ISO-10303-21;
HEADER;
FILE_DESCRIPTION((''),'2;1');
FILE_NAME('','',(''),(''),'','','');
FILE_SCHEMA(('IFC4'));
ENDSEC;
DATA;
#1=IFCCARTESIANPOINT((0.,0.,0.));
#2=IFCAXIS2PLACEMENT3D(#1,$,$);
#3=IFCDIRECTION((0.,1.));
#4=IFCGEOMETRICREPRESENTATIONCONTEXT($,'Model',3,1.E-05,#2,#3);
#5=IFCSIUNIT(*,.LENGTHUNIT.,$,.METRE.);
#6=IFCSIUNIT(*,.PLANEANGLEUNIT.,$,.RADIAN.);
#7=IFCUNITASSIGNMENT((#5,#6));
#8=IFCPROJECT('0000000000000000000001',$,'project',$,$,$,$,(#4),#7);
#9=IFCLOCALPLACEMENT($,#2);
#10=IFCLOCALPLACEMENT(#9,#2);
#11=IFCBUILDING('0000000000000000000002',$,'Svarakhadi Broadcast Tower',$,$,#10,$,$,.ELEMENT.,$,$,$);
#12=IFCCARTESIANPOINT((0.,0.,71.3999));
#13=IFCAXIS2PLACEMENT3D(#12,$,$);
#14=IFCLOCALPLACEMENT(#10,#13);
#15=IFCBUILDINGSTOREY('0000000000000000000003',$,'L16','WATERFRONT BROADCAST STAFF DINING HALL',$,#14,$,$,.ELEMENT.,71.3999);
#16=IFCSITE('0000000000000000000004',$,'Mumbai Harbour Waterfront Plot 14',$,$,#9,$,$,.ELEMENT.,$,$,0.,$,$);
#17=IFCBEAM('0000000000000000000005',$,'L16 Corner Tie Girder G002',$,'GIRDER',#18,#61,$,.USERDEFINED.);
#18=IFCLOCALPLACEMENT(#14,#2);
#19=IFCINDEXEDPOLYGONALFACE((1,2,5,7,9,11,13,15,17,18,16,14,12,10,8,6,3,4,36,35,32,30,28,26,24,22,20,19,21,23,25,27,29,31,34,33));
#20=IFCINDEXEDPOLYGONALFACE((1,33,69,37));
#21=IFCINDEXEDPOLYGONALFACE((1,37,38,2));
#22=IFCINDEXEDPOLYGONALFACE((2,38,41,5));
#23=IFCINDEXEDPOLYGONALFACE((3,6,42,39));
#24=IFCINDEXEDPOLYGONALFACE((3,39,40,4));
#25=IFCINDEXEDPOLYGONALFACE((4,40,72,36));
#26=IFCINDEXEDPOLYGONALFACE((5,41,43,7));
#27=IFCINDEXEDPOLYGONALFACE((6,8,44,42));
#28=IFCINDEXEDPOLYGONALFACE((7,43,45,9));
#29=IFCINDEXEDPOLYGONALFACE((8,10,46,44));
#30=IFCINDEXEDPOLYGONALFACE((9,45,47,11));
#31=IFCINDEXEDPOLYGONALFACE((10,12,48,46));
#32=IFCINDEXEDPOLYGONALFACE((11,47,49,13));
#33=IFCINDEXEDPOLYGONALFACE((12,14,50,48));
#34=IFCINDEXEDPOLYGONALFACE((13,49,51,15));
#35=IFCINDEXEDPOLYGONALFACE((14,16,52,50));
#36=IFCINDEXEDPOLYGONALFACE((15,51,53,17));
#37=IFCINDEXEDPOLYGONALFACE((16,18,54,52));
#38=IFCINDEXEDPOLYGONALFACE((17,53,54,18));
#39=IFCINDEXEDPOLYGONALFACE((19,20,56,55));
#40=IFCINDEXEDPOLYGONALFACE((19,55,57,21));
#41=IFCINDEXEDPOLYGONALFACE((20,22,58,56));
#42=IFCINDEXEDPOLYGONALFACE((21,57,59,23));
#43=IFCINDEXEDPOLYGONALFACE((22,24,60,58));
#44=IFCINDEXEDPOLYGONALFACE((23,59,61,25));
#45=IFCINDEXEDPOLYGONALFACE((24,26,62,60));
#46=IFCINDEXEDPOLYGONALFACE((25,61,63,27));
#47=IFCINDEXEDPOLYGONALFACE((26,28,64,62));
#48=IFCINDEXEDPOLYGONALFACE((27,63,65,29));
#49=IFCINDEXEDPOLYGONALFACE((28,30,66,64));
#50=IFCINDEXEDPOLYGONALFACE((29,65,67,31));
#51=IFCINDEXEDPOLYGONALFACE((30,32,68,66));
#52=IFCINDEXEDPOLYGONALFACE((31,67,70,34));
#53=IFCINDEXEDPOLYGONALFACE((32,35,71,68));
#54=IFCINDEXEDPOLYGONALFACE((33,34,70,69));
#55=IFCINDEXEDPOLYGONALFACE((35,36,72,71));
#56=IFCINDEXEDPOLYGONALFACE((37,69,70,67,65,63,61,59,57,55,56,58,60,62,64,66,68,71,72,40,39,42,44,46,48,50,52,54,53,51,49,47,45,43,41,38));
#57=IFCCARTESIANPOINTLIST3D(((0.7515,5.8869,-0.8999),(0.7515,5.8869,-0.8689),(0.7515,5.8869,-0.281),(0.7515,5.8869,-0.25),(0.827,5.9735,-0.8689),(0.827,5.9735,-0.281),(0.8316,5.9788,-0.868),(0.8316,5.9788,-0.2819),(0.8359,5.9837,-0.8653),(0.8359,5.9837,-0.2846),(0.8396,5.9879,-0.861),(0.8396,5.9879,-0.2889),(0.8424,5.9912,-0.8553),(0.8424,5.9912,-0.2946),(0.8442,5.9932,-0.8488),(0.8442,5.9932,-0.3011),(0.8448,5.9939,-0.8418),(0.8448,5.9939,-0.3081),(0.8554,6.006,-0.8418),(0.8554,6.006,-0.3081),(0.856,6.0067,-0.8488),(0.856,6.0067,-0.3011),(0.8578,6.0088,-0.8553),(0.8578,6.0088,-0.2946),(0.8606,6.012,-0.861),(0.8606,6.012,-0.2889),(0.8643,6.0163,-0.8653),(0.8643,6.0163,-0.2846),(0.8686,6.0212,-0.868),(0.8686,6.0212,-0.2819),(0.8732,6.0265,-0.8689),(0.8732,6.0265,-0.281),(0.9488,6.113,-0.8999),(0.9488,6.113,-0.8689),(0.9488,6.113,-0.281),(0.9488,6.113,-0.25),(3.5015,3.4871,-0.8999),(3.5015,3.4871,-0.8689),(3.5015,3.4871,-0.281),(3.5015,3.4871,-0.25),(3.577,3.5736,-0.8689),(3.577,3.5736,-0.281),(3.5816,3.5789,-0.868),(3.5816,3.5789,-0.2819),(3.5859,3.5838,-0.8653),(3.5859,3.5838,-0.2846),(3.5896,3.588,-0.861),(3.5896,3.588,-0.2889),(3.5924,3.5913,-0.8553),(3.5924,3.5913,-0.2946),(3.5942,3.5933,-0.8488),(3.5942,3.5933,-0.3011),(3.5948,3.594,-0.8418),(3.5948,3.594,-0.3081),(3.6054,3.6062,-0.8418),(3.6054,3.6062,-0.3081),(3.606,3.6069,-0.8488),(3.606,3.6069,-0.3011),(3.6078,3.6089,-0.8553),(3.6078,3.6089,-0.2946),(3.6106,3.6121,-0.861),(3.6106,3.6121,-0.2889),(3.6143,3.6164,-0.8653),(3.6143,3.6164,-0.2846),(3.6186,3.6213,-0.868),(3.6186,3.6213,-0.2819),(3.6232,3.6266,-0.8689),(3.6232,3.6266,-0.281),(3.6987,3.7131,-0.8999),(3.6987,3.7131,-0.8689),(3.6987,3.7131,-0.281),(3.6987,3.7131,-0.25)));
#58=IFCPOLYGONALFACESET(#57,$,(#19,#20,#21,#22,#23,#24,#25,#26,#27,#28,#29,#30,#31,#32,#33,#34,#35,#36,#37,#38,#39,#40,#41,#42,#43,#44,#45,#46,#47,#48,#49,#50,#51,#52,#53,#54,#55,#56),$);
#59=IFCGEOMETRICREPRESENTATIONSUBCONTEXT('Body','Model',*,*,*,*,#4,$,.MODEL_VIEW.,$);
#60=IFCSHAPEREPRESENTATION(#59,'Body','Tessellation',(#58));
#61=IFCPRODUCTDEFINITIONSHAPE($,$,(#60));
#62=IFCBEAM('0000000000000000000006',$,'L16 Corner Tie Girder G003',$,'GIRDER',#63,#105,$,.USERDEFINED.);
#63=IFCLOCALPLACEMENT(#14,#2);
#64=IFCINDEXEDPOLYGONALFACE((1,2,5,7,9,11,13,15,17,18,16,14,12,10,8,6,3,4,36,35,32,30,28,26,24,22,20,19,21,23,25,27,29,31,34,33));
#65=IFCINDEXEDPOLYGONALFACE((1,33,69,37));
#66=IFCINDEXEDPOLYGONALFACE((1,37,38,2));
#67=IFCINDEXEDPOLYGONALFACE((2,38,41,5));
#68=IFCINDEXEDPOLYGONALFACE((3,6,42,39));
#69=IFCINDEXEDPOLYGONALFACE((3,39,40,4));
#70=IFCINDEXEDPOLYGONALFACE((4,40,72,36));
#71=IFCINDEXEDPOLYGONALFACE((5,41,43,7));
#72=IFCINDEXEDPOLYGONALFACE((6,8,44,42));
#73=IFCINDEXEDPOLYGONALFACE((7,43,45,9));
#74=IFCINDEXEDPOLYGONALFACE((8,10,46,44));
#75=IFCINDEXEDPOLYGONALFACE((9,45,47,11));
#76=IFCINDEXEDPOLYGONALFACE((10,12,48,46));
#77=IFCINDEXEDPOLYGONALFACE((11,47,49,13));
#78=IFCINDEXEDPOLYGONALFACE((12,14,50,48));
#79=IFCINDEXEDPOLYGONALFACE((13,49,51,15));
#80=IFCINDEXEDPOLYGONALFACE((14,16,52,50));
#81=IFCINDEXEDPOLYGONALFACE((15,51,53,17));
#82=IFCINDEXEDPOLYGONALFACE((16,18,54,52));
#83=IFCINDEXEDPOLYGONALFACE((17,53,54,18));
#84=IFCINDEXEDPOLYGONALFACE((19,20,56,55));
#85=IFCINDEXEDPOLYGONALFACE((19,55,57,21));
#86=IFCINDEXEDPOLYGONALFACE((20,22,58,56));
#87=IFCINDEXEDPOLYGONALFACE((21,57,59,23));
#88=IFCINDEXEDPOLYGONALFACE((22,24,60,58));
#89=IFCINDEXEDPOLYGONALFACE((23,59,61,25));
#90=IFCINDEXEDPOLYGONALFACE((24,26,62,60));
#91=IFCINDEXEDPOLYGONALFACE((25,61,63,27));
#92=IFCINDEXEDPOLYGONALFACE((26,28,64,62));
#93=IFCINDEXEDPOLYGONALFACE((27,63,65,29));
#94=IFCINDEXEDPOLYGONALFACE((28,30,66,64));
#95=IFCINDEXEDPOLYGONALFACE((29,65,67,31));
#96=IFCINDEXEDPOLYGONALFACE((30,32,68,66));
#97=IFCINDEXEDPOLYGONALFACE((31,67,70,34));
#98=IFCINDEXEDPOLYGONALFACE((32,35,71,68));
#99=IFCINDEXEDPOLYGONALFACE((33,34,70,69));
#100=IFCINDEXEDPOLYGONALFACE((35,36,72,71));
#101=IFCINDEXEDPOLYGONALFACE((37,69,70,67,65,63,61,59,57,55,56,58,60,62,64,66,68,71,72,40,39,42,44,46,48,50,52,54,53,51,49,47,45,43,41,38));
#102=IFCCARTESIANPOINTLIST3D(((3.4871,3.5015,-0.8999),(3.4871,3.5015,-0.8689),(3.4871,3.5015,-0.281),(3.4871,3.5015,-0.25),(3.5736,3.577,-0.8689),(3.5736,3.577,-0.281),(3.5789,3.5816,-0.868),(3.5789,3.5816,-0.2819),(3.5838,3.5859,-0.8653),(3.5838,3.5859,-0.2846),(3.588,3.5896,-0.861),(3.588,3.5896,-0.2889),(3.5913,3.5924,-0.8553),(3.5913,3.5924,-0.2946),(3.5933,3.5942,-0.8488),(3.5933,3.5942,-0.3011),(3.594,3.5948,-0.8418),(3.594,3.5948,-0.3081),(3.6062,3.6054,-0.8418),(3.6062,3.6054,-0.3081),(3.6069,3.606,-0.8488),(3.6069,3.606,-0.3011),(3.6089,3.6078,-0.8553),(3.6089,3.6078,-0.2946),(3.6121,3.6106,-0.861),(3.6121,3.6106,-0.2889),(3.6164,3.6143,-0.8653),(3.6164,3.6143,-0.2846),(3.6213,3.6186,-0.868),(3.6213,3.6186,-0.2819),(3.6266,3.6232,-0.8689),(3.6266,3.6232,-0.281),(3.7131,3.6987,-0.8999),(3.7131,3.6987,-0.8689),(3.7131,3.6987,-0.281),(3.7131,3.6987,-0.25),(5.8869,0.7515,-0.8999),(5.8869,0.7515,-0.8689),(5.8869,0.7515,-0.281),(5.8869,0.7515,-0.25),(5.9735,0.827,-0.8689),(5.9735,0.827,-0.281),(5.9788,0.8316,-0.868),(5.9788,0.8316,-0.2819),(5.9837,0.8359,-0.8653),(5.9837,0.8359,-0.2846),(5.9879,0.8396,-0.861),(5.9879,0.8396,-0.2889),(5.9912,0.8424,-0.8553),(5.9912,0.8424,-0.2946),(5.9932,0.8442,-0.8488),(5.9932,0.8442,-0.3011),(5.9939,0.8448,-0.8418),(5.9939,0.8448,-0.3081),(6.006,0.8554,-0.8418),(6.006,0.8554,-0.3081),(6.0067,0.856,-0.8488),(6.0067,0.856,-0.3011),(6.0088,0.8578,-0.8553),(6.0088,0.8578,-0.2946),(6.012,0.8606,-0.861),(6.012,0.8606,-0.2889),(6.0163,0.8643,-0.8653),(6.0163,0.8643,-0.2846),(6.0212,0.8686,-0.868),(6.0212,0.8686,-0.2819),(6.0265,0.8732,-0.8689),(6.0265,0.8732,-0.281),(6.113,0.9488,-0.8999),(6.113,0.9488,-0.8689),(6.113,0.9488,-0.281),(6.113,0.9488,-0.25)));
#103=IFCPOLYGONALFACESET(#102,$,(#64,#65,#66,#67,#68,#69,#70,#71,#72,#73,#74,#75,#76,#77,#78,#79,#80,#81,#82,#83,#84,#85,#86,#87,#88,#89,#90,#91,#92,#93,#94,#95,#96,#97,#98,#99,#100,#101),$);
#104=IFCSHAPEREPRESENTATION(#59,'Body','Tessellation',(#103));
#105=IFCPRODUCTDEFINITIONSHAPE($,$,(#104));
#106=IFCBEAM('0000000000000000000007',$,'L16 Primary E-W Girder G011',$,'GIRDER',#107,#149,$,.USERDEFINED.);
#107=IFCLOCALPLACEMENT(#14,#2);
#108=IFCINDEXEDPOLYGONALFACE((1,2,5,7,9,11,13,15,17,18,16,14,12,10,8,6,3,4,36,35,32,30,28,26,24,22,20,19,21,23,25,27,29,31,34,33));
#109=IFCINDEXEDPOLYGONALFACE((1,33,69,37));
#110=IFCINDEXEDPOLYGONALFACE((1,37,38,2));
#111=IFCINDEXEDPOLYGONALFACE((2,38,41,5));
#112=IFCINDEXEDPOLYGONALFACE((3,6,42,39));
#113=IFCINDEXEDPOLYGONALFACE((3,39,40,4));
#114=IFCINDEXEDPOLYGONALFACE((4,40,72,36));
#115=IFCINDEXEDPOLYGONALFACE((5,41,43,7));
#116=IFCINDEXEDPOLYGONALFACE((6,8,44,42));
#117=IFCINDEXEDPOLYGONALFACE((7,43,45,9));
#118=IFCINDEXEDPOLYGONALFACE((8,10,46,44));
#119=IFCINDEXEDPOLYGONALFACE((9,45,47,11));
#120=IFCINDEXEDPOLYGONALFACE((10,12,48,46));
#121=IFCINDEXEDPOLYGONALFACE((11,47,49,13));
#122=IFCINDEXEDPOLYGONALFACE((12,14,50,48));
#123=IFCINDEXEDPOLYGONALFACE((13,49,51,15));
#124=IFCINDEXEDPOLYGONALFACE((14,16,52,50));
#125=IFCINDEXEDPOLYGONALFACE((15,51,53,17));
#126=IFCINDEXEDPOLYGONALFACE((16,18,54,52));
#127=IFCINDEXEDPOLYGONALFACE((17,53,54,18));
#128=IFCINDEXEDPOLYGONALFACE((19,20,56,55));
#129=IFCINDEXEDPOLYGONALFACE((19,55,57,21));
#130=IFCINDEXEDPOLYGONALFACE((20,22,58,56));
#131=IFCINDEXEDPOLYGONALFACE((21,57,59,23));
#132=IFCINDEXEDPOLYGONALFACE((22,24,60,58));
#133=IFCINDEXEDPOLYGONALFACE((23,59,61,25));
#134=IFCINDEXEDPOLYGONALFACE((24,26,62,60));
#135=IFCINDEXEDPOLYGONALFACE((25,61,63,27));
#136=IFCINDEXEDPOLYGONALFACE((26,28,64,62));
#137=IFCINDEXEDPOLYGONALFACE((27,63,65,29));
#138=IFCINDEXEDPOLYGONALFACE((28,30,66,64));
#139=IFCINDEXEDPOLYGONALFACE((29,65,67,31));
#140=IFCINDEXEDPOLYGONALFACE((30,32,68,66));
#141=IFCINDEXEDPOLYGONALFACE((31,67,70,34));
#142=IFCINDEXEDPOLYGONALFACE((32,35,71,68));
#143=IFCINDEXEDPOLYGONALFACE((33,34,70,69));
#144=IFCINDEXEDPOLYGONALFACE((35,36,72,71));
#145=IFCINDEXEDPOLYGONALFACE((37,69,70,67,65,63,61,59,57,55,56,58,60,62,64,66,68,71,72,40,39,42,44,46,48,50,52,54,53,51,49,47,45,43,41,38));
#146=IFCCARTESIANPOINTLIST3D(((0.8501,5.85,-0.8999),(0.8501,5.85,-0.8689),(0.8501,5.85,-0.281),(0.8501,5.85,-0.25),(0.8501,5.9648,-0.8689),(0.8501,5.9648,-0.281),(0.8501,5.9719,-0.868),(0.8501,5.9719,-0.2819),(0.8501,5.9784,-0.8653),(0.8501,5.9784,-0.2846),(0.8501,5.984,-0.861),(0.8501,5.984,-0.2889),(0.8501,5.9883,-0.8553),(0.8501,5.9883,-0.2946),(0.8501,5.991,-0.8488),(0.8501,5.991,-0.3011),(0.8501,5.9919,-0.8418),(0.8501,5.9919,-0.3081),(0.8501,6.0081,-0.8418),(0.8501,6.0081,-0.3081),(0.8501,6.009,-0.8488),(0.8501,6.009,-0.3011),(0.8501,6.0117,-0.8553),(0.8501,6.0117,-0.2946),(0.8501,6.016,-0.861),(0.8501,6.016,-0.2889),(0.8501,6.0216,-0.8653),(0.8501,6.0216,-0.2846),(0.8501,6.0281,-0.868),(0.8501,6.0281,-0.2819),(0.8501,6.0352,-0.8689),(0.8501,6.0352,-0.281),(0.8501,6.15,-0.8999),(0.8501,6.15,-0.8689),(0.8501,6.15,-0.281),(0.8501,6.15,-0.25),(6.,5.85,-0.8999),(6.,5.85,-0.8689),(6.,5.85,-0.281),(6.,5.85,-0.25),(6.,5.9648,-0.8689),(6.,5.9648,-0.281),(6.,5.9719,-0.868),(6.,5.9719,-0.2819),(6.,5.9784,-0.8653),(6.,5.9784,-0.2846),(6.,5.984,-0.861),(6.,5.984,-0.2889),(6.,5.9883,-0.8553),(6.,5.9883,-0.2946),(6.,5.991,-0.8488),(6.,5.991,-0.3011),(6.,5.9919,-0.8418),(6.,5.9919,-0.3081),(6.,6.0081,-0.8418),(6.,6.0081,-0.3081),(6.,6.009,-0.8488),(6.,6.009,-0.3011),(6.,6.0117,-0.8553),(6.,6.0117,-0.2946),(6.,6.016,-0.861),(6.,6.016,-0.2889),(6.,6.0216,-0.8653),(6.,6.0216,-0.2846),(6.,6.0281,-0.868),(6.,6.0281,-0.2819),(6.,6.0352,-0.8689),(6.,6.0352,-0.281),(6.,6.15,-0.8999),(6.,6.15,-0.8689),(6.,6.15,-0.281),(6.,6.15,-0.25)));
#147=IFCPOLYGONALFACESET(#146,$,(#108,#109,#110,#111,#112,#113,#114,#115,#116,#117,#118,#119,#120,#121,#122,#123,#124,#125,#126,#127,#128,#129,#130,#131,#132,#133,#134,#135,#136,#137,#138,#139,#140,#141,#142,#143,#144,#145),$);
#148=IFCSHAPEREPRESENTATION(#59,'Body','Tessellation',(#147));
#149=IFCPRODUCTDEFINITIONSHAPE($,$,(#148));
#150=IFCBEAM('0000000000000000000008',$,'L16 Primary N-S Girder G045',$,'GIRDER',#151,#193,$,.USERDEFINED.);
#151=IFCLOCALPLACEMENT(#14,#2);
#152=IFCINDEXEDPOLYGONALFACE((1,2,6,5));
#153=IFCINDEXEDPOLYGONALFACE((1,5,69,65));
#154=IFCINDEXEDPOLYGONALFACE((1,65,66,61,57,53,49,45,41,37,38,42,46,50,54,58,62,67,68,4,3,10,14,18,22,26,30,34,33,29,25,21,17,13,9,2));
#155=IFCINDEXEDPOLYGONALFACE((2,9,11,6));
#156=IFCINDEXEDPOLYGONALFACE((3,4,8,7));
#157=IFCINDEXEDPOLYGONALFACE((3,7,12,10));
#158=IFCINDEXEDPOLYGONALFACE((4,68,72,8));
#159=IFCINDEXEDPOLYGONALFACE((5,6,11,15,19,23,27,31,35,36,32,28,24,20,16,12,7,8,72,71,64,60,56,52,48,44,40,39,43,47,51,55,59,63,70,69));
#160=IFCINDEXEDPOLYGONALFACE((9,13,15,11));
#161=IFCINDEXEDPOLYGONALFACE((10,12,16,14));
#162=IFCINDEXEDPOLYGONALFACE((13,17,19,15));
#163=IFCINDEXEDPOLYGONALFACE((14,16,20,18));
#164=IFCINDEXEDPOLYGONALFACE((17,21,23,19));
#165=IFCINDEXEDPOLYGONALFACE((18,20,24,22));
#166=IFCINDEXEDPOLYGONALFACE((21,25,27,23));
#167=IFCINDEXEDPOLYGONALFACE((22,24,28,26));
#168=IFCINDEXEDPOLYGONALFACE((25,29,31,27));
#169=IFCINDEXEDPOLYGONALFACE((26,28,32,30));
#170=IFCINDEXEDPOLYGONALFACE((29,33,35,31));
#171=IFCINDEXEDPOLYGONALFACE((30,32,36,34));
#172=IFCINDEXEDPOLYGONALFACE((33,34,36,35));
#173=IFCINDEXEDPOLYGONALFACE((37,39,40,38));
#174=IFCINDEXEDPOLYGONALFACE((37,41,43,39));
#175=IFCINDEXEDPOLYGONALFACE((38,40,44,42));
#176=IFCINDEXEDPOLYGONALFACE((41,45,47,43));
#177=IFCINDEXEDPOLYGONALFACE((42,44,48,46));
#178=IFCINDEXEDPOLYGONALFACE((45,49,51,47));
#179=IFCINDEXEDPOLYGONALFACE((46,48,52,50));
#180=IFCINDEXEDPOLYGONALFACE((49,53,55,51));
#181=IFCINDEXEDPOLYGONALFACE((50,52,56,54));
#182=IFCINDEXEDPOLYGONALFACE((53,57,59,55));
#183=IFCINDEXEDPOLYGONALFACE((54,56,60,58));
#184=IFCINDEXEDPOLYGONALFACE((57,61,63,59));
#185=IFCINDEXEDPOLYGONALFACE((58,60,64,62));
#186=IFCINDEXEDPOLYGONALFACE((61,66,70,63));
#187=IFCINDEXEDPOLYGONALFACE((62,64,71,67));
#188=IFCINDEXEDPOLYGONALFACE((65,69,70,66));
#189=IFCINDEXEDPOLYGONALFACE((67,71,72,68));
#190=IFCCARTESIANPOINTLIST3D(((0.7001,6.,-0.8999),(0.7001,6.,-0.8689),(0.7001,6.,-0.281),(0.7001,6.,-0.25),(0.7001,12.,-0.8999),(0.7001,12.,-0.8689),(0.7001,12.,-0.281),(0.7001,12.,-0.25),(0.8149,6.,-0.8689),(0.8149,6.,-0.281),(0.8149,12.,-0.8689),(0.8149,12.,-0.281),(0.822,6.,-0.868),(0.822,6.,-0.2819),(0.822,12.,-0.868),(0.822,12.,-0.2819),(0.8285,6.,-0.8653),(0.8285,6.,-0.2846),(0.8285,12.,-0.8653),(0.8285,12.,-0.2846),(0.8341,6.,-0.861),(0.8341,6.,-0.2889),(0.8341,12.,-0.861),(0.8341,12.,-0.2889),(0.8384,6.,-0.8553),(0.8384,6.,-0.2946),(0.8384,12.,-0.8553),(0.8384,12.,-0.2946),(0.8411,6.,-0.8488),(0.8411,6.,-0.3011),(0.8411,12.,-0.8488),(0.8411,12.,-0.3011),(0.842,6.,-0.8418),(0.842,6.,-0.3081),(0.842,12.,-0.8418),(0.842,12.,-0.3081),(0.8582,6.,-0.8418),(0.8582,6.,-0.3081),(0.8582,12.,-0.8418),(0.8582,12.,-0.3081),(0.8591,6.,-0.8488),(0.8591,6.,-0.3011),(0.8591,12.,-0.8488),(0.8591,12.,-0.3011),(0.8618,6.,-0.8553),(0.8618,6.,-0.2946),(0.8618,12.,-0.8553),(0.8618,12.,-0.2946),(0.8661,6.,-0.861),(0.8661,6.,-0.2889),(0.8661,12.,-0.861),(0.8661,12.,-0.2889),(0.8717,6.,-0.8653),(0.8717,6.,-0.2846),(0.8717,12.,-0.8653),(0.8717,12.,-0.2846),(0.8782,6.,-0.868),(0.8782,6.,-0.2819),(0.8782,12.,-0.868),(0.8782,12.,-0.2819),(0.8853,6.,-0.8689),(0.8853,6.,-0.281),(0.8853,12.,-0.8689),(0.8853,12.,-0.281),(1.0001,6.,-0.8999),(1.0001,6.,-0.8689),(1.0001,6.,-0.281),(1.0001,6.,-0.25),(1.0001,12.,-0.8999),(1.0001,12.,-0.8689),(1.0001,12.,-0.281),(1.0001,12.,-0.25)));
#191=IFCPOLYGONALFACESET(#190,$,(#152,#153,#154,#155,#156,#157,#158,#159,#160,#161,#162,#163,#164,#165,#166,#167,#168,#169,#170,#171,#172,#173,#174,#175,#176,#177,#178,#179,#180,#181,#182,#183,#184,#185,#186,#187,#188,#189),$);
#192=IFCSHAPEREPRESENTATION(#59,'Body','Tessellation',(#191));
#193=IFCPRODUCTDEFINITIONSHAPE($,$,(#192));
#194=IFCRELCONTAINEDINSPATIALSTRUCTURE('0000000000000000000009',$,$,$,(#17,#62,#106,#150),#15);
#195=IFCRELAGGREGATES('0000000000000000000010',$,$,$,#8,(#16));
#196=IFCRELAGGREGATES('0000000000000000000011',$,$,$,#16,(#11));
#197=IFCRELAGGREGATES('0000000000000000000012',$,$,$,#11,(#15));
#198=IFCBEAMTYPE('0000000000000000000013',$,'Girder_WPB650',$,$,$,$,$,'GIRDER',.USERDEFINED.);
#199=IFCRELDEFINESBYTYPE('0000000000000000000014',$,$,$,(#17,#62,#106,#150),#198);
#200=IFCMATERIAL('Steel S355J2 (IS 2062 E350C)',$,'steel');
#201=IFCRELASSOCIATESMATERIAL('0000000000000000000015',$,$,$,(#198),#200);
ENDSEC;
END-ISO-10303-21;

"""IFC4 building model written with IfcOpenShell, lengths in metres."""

from ifc_helpers import new_model, si_unit, direction, frame, origin, origin_2d, place, context, subcontext, project, spatial, i_section, extrude, material, material_profile, profile_set, type_object, element, save


model = new_model("IFC4")

# Units and contexts
model_context = context("Model", 3, precision=1e-05, world=origin(), true_north=direction((0.0, 1.0)))
body_context = subcontext(model_context, "Body", "Model", "MODEL_VIEW")
ifc_project = project(units=[si_unit("LENGTHUNIT", "METRE"), si_unit("PLANEANGLEUNIT", "RADIAN")], contexts=[model_context])

# Site, building, storey
site_placement = place(None, origin())
site = spatial("IfcSite", under=ifc_project, at=site_placement, Name="Mumbai Harbour Waterfront Plot 14", CompositionType="ELEMENT", RefElevation=0.0)
building_placement = place(site_placement, origin())
building = spatial("IfcBuilding", under=site, at=building_placement, Name="Svarakhadi Broadcast Tower", CompositionType="ELEMENT")
storey_placement = place(building_placement, frame((0.0, 0.0, 71.3999)))
storey = spatial("IfcBuildingStorey", under=building, at=storey_placement, Name="L16", Description="WATERFRONT BROADCAST STAFF DINING HALL", CompositionType="ELEMENT", Elevation=71.3999)

# Beams
ifc_material_1 = material(Name="Steel S355J2 (IS 2062 E350C)", Category="steel")
ifc_material_profile_1 = material_profile(ifc_material_1, i_section(OverallWidth=0.3, OverallDepth=0.6499, WebThickness=0.0161, FlangeThickness=0.031, FilletRadius=0.0271, at=origin_2d()), Name="WPB 650x300x225")
ifc_profile_set_1 = profile_set([ifc_material_profile_1], Name="Steel S355J2 (IS 2062 E350C)")
beam_type = type_object("IfcBeamType", Name="Girder_WPB650", ElementType="GIRDER", PredefinedType="USERDEFINED", material=ifc_profile_set_1)
for number, where, z_axis, x_axis, name in (
    (1, (3.6001, 3.6001, -0.575), (-0.753438, 0.657519, 0.0), (-0.657519, -0.753438, 0.0), "L16 Corner Tie Girder G002"),
    (2, (3.6001, 3.6001, -0.575), (0.657519, -0.753438, 0.0), (0.753438, 0.657519, 0.0), "L16 Corner Tie Girder G003"),
):
    element("IfcBeam", number, at=place(storey_placement, frame(where, z_axis=z_axis, x_axis=x_axis)), inside=storey, type_object=beam_type, Name=name, ObjectType="GIRDER", PredefinedType="USERDEFINED", context=body_context, shape_type="SweptSolid", body=[
        extrude(i_section(OverallWidth=0.3, OverallDepth=0.6499, WebThickness=0.0161, FlangeThickness=0.031, FilletRadius=0.0271, at=origin_2d()), origin(), (0.0, 0.0, 1.0), 3.6499),
    ])
beam_1_placement = place(storey_placement, frame((0.8501, 6.0, -0.575), z_axis=(1.0, 0.0, 0.0), x_axis=(0.0, 1.0, 0.0)))
element("IfcBeam", 3, at=beam_1_placement, inside=storey, type_object=beam_type, Name="L16 Primary E-W Girder G011", ObjectType="GIRDER", PredefinedType="USERDEFINED", context=body_context, shape_type="SweptSolid", body=[
    extrude(i_section(OverallWidth=0.3, OverallDepth=0.6499, WebThickness=0.0161, FlangeThickness=0.031, FilletRadius=0.0271, at=origin_2d()), origin(), (0.0, 0.0, 1.0), 5.1499),
])
beam_2_placement = place(storey_placement, frame((0.8501, 6.0, -0.575), z_axis=(0.0, 1.0, 0.0), x_axis=(-1.0, 0.0, 0.0)))
element("IfcBeam", 4, at=beam_2_placement, inside=storey, type_object=beam_type, Name="L16 Primary N-S Girder G045", ObjectType="GIRDER", PredefinedType="USERDEFINED", context=body_context, shape_type="SweptSolid", body=[
    extrude(i_section(OverallWidth=0.3, OverallDepth=0.6499, WebThickness=0.0161, FlangeThickness=0.031, FilletRadius=0.0271, at=origin_2d()), origin(), (0.0, 0.0, 1.0), 6.0),
])

save(model, "model.ifc")
